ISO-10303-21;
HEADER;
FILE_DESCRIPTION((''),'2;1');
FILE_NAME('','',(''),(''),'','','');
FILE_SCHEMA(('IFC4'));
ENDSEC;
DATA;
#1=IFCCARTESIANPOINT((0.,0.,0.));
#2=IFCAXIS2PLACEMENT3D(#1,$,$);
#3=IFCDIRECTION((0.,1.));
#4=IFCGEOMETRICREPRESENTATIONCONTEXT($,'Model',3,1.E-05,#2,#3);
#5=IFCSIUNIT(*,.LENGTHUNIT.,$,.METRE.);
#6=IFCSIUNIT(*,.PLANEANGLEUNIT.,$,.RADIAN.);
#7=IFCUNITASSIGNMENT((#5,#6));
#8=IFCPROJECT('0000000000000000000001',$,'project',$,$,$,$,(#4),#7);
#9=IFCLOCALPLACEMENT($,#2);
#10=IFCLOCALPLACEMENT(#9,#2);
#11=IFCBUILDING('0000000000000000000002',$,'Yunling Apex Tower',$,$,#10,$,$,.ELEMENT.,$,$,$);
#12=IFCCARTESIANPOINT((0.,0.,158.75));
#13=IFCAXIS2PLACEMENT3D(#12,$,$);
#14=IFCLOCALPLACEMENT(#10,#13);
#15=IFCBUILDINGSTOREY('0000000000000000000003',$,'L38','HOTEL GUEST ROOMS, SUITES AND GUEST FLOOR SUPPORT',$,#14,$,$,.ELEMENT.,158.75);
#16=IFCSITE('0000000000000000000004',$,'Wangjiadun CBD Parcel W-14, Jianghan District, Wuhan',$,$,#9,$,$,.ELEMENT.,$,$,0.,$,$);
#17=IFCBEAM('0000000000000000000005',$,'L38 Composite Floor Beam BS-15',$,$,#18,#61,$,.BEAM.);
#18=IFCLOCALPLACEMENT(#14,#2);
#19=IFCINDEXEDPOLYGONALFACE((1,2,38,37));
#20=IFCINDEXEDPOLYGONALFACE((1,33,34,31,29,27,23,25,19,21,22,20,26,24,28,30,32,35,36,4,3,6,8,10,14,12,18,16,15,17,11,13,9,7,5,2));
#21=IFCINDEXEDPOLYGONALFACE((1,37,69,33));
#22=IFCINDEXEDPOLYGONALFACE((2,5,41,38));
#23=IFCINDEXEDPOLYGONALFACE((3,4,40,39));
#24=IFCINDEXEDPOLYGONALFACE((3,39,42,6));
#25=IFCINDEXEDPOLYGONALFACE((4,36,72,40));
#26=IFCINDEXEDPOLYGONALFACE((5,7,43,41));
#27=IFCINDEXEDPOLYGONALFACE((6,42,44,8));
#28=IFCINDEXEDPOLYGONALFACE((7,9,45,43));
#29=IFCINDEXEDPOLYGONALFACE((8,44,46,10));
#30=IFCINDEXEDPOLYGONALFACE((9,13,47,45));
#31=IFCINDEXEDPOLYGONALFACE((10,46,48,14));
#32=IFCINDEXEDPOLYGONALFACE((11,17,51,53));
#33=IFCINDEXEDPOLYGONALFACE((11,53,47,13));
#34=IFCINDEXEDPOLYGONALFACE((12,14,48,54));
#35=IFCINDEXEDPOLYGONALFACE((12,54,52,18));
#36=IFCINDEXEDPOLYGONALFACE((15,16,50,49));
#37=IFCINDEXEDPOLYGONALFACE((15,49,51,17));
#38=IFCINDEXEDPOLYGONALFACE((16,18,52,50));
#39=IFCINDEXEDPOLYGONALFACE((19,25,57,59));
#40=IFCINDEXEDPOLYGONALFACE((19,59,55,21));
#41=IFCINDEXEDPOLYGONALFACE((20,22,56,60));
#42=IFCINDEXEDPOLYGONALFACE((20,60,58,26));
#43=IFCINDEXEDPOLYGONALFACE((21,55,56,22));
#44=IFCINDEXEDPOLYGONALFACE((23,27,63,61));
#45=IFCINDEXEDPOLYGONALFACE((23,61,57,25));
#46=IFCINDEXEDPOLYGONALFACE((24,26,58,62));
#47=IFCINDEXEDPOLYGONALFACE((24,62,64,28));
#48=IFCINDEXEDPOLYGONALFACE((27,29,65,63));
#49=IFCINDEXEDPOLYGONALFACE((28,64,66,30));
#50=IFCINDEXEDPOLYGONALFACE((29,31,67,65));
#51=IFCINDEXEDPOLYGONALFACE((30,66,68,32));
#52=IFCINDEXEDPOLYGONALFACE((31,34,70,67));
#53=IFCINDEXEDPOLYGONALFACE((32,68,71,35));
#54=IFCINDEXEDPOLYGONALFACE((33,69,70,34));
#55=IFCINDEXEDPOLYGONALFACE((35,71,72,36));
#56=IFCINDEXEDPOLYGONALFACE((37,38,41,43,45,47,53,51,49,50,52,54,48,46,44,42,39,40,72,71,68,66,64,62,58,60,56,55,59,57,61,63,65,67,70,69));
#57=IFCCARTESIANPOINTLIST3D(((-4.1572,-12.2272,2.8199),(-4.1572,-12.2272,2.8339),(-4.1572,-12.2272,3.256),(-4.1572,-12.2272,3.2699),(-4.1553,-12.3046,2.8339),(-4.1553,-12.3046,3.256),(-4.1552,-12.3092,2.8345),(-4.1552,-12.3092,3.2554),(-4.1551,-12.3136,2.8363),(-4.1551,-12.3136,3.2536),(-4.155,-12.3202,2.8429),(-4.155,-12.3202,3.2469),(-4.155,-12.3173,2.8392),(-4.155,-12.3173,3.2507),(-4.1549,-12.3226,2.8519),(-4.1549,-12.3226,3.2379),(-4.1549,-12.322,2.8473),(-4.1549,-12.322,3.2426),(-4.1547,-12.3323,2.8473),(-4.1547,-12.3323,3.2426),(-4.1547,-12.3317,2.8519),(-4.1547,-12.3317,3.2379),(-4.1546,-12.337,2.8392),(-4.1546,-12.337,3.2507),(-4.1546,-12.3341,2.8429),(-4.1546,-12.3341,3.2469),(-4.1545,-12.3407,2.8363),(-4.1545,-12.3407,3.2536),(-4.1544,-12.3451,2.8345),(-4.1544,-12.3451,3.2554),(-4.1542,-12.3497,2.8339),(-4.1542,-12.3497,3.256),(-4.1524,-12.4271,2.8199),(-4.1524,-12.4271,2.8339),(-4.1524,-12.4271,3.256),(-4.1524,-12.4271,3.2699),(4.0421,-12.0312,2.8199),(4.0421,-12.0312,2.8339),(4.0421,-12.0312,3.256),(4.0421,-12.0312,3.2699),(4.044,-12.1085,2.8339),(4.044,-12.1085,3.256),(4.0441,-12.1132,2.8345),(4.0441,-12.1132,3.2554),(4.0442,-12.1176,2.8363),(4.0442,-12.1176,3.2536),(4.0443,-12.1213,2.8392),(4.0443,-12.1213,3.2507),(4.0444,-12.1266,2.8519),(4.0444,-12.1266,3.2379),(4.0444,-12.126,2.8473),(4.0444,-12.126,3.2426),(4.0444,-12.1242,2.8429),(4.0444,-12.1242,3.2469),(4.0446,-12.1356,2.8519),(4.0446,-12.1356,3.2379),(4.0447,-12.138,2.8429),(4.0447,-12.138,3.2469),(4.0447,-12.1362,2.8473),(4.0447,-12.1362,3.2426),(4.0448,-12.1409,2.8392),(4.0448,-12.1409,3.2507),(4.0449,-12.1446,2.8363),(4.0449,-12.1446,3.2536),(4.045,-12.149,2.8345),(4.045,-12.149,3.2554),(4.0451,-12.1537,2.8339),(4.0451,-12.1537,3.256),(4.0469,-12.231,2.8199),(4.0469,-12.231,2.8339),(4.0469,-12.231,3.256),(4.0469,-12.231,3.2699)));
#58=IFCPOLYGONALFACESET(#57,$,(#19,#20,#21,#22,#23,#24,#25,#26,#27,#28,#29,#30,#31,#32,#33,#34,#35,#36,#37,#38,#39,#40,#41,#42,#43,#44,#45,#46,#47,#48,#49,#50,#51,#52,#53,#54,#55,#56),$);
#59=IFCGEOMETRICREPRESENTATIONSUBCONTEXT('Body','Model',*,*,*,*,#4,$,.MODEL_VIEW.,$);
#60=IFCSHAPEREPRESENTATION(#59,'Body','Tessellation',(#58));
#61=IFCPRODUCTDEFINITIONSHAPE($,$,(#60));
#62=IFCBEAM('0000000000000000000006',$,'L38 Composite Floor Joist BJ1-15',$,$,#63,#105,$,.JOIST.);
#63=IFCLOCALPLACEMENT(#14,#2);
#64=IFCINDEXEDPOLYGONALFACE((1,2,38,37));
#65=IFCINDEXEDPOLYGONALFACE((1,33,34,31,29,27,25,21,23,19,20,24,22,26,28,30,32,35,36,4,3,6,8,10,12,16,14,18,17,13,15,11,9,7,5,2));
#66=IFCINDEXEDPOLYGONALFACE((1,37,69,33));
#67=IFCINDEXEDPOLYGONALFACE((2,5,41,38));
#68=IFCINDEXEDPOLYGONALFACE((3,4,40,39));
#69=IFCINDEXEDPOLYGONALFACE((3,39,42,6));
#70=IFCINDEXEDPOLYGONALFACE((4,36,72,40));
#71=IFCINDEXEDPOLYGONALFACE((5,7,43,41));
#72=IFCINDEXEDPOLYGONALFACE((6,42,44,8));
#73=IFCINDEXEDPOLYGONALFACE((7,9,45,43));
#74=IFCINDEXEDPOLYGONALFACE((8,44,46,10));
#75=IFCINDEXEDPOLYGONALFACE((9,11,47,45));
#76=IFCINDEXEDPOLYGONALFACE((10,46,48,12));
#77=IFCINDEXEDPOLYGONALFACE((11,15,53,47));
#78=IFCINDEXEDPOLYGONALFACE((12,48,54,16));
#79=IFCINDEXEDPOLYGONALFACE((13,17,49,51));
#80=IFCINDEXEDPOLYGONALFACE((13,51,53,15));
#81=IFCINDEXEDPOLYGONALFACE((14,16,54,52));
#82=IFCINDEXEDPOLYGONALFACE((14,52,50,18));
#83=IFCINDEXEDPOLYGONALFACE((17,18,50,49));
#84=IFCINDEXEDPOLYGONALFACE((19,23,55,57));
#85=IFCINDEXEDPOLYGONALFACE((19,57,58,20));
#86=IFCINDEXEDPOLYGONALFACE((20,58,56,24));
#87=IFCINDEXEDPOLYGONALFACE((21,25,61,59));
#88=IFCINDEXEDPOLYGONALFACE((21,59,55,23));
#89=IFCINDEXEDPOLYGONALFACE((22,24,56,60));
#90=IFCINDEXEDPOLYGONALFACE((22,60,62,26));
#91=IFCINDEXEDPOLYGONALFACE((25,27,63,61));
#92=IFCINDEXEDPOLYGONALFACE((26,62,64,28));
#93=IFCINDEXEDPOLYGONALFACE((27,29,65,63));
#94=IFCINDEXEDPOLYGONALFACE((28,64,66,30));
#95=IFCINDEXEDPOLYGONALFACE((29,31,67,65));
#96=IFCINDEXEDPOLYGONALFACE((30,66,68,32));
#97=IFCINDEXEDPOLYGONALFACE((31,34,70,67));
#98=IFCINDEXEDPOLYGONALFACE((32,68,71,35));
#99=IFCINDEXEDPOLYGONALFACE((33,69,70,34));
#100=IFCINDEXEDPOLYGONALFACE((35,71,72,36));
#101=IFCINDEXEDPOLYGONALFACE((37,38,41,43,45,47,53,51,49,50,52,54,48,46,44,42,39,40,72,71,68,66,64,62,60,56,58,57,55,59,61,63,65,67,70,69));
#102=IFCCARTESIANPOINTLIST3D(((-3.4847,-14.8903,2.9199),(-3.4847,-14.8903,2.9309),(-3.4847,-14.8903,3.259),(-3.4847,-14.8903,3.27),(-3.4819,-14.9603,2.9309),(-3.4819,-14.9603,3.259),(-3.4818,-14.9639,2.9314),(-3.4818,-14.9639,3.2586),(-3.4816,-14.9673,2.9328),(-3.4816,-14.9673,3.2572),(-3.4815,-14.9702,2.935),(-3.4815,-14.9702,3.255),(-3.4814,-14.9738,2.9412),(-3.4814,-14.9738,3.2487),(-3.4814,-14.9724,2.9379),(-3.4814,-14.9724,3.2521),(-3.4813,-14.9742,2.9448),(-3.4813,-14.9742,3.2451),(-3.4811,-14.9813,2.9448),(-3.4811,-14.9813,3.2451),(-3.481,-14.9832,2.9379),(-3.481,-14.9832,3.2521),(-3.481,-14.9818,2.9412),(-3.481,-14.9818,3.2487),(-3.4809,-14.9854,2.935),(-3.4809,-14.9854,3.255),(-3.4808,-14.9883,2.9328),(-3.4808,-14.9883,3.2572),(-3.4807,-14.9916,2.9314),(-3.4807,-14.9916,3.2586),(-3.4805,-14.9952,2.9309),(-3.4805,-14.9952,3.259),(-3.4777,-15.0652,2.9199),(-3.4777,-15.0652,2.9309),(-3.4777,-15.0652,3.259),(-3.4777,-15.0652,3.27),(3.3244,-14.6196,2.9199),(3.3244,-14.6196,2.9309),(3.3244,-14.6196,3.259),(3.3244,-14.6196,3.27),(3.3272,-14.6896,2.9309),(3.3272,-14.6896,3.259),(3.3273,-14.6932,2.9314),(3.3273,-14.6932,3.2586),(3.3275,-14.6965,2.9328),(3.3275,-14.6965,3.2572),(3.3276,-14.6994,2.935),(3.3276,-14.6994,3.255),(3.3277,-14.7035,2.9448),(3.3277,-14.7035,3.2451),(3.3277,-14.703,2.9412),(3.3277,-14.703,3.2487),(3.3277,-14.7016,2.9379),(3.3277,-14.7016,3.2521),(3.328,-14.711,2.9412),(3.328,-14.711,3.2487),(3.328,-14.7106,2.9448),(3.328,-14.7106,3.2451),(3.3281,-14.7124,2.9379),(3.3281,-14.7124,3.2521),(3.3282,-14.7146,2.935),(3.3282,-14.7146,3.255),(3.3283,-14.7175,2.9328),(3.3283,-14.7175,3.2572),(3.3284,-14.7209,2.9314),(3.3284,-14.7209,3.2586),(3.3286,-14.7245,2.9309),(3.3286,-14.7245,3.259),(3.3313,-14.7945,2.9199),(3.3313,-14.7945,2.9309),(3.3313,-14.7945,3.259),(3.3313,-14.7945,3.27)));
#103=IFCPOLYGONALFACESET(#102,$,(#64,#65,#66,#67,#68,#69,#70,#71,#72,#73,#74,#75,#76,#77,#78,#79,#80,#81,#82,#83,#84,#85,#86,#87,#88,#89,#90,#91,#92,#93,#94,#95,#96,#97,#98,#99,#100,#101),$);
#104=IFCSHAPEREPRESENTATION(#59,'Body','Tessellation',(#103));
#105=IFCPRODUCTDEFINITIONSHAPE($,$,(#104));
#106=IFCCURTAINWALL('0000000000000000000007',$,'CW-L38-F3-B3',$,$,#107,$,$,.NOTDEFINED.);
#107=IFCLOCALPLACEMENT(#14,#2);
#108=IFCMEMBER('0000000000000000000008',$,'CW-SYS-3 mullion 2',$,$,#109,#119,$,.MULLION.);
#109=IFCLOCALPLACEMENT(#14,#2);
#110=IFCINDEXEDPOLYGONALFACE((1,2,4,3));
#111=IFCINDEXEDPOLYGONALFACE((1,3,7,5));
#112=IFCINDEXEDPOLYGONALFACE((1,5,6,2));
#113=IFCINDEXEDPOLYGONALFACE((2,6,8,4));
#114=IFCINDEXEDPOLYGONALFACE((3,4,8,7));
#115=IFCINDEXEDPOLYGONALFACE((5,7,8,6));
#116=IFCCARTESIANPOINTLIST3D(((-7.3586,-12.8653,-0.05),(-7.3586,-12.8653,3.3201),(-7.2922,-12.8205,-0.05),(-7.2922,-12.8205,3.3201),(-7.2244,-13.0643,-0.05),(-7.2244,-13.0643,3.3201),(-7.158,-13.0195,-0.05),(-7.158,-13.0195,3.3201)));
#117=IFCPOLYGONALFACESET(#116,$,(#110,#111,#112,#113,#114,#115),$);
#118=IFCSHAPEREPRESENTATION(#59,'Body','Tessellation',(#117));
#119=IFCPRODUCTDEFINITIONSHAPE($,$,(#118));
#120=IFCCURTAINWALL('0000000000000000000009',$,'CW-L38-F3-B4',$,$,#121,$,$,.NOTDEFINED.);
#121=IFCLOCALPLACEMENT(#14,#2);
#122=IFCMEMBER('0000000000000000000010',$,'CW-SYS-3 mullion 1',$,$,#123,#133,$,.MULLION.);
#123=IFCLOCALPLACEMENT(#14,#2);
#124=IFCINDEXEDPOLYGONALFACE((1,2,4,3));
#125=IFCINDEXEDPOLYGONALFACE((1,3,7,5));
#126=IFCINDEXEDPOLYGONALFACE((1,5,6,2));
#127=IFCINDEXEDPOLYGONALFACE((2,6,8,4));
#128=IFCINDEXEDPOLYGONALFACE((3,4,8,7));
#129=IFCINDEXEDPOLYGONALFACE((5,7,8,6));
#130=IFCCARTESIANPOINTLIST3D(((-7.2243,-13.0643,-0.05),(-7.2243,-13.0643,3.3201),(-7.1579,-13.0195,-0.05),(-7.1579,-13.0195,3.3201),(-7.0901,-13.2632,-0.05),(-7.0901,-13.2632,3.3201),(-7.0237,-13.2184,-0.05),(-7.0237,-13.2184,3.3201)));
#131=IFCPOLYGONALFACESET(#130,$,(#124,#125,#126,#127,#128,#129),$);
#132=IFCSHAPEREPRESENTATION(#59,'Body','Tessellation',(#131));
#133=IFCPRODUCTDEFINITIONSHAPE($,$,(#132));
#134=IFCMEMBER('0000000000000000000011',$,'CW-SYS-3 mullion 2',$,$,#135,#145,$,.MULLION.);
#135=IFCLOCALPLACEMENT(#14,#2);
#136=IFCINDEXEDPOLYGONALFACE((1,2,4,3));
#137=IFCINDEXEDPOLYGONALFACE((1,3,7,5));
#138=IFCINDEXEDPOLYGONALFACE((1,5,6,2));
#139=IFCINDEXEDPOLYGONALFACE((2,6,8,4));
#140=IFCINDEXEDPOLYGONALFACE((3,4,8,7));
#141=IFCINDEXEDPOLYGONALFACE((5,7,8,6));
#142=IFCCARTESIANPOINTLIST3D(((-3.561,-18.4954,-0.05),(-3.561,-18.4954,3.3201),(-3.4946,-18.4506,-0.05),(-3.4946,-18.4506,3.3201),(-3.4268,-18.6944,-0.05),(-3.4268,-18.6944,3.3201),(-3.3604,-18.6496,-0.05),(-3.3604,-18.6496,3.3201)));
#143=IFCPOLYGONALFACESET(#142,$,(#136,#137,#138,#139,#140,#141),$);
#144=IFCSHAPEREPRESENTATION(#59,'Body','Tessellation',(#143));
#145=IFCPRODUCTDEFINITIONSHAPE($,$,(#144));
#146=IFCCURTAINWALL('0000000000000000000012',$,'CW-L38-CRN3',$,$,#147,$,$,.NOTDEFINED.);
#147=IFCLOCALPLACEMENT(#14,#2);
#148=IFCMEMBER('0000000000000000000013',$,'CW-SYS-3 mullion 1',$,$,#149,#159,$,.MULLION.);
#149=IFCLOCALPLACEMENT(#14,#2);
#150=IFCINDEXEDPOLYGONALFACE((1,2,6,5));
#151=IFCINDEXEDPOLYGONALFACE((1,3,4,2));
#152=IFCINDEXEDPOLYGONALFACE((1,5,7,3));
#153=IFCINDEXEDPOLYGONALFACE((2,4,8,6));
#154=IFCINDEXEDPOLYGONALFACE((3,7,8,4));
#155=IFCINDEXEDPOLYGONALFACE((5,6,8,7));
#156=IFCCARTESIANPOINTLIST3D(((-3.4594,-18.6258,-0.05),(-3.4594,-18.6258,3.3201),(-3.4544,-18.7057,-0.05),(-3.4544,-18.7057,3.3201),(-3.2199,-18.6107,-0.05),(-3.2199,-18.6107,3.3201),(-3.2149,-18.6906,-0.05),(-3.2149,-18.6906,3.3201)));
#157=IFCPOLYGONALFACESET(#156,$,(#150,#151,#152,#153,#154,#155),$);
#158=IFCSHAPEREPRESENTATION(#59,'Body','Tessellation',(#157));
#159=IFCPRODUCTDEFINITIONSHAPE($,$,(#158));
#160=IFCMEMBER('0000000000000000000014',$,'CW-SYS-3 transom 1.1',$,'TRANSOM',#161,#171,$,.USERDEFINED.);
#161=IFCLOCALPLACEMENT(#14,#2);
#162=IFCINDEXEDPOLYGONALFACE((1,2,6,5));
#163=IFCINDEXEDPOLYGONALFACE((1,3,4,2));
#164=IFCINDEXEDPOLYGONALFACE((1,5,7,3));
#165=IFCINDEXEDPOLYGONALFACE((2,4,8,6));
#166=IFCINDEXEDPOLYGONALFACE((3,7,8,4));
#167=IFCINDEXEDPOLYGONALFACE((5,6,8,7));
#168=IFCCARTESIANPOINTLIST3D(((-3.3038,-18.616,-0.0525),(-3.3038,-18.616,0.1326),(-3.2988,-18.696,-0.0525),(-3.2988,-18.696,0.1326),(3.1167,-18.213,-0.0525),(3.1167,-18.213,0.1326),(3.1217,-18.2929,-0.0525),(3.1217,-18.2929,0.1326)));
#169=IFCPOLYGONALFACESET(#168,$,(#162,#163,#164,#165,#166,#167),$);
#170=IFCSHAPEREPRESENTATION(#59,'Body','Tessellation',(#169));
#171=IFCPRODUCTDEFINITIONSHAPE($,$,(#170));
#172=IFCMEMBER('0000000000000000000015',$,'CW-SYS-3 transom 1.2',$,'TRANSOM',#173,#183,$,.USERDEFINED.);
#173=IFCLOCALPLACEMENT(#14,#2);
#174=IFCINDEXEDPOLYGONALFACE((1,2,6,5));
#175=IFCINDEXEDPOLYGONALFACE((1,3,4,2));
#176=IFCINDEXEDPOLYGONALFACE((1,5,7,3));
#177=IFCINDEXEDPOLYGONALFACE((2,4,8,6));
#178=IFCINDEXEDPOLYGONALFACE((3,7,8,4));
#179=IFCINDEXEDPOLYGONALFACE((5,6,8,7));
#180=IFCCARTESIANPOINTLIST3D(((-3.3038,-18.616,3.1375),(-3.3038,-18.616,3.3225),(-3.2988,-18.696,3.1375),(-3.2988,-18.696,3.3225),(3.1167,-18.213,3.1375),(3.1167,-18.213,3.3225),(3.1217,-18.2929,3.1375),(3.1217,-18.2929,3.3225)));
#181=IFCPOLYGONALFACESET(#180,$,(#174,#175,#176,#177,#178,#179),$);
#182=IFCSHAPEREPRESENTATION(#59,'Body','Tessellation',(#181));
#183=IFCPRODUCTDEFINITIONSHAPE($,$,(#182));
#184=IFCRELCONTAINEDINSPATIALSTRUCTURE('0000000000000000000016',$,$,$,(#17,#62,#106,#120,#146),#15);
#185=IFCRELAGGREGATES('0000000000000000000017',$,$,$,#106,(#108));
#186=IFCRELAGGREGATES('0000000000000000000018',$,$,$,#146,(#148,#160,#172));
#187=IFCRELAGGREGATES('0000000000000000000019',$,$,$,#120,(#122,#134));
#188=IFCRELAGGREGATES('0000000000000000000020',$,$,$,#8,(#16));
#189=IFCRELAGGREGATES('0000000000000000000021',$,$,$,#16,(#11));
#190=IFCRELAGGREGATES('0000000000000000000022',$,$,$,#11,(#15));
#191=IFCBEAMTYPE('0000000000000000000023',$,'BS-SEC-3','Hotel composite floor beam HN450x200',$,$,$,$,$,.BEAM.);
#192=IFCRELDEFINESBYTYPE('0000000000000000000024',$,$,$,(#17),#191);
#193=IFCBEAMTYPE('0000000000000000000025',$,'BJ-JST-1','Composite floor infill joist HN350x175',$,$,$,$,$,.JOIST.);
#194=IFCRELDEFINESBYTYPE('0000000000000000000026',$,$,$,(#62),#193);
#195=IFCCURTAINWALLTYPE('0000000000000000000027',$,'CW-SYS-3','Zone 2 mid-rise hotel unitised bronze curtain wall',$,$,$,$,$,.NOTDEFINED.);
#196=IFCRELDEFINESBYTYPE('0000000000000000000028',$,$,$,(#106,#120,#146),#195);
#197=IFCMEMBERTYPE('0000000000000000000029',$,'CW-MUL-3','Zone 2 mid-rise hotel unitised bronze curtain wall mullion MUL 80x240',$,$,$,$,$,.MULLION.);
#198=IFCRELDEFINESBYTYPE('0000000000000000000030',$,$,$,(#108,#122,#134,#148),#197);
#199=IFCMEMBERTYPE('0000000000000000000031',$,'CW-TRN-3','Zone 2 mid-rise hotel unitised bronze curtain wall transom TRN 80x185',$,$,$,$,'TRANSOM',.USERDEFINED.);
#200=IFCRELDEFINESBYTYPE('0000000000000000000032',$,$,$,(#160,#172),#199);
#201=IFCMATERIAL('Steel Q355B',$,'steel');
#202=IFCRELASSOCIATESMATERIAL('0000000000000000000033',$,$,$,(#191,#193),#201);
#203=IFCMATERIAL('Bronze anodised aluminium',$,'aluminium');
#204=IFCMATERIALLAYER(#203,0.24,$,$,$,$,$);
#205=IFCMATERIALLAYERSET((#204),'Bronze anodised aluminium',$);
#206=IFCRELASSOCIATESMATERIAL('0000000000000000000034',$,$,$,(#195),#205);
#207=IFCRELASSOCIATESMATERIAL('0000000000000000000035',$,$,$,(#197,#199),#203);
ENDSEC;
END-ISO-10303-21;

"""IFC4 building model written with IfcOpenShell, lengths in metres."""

from ifc_helpers import new_model, si_unit, direction, frame, origin, origin_2d, place, context, subcontext, project, spatial, rectangle, i_section, extrude, source, transform, mapped, material, layer, layer_set, material_profile, profile_set, type_object, element, aggregate, save


model = new_model("IFC4")

# Units and contexts
model_context = context("Model", 3, precision=1e-05, world=origin(), true_north=direction((0.0, 1.0)))
body_context = subcontext(model_context, "Body", "Model", "MODEL_VIEW")
ifc_project = project(units=[si_unit("LENGTHUNIT", "METRE"), si_unit("PLANEANGLEUNIT", "RADIAN")], contexts=[model_context])

# Site, building, storey
site_placement = place(None, origin())
site = spatial("IfcSite", under=ifc_project, at=site_placement, Name="Wangjiadun CBD Parcel W-14, Jianghan District, Wuhan", CompositionType="ELEMENT", RefElevation=0.0)
building_placement = place(site_placement, origin())
building = spatial("IfcBuilding", under=site, at=building_placement, Name="Yunling Apex Tower", CompositionType="ELEMENT")
storey_placement = place(building_placement, frame((0.0, 0.0, 158.75)))
storey = spatial("IfcBuildingStorey", under=building, at=storey_placement, Name="L38", Description="HOTEL GUEST ROOMS, SUITES AND GUEST FLOOR SUPPORT", CompositionType="ELEMENT", Elevation=158.75)

# Beams
ifc_material_1 = material(Name="Steel Q355B", Category="steel")
ifc_material_profile_1 = material_profile(ifc_material_1, i_section(OverallWidth=0.2, OverallDepth=0.45, WebThickness=0.009, FlangeThickness=0.0139, FilletRadius=0.0181, at=origin_2d()))
ifc_profile_set_1 = profile_set([ifc_material_profile_1], Name="Steel Q355B")
beam_type_1 = type_object("IfcBeamType", Name="BS-SEC-3", Description="Hotel composite floor beam HN450x200", PredefinedType="BEAM", material=ifc_profile_set_1)
shared_shape_1 = source(origin(), body_context, "Body", "SweptSolid", [
    extrude(i_section(OverallWidth=0.2, OverallDepth=0.45, WebThickness=0.009, FlangeThickness=0.0139, FilletRadius=0.0181, at=origin_2d()), origin(), (0.0, 0.0, 1.0), 8.2017),
])
beam_1_placement = place(storey_placement, frame((-4.1548, -12.3271, 3.0449), z_axis=(0.999714, 0.023903, 0.0), x_axis=(-0.023903, 0.999714, 0.0)))
element("IfcBeam", 1, at=beam_1_placement, inside=storey, type_object=beam_type_1, Name="L38 Composite Floor Beam BS-15", PredefinedType="BEAM", context=body_context, shape_type="MappedRepresentation", body=[
    mapped(shared_shape_1, transform((0.0, 0.0, 0.0), scale=1.0)),
])
ifc_material_profile_2 = material_profile(ifc_material_1, i_section(OverallWidth=0.175, OverallDepth=0.3501, WebThickness=0.0071, FlangeThickness=0.011, FilletRadius=0.0139, at=origin_2d()))
ifc_profile_set_2 = profile_set([ifc_material_profile_2], Name="Steel Q355B")
beam_type_2 = type_object("IfcBeamType", Name="BJ-JST-1", Description="Composite floor infill joist HN350x175", PredefinedType="JOIST", material=ifc_profile_set_2)
shared_shape_2 = source(origin(), body_context, "Body", "SweptSolid", [
    extrude(i_section(OverallWidth=0.175, OverallDepth=0.3501, WebThickness=0.0071, FlangeThickness=0.011, FilletRadius=0.0139, at=origin_2d()), origin(), (0.0, 0.0, 1.0), 6.8145),
])
beam_2_placement = place(storey_placement, frame((-3.4812, -14.9778, 3.095), z_axis=(0.99921, 0.039732, 0.0), x_axis=(-0.039732, 0.99921, 0.0)))
element("IfcBeam", 2, at=beam_2_placement, inside=storey, type_object=beam_type_2, Name="L38 Composite Floor Joist BJ1-15", PredefinedType="JOIST", context=body_context, shape_type="MappedRepresentation", body=[
    mapped(shared_shape_2, transform((0.0, 0.0, 0.0), scale=1.0)),
])

# Curtain wall, member
ifc_material_2 = material(Name="Bronze anodised aluminium", Category="aluminium")
ifc_layer_1 = layer(ifc_material_2, 0.24)
ifc_layer_set_1 = layer_set([ifc_layer_1], Name="Bronze anodised aluminium")
curtain_wall_type = type_object("IfcCurtainWallType", Name="CW-SYS-3", Description="Zone 2 mid-rise hotel unitised bronze curtain wall", PredefinedType="NOTDEFINED", material=ifc_layer_set_1)
curtain_wall_1_placement = place(storey_placement, origin())
curtain_wall_1 = element("IfcCurtainWall", 3, at=curtain_wall_1_placement, inside=storey, type_object=curtain_wall_type, Name="CW-L38-F3-B3", PredefinedType="NOTDEFINED")
ifc_material_profile_3 = material_profile(ifc_material_2, rectangle(XDim=0.0801, YDim=0.24, at=origin_2d()))
ifc_profile_set_3 = profile_set([ifc_material_profile_3], Name="Bronze anodised aluminium")
member_type_1 = type_object("IfcMemberType", Name="CW-MUL-3", Description="Zone 2 mid-rise hotel unitised bronze curtain wall mullion MUL 80x240", PredefinedType="MULLION", material=ifc_profile_set_3)
shared_shape_3 = source(origin(), body_context, "Body", "SweptSolid", [
    extrude(rectangle(XDim=0.0801, YDim=0.24, at=origin_2d()), origin(), (0.0, 0.0, 1.0), 3.3701),
])
member_1_placement = place(storey_placement, frame((-7.2583, -12.9424, -0.05), z_axis=(0.0, 0.0, 1.0), x_axis=(0.829041, 0.559188, 0.0)))
member_1 = element("IfcMember", 4, at=member_1_placement, type_object=member_type_1, Name="CW-SYS-3 mullion 2", PredefinedType="MULLION", context=body_context, shape_type="MappedRepresentation", body=[
    mapped(shared_shape_3, transform((0.0, 0.0, 0.0), scale=1.0)),
])
aggregate(curtain_wall_1, [member_1])

# Curtain walls, members
curtain_wall_2_placement = place(storey_placement, origin())
curtain_wall_2 = element("IfcCurtainWall", 5, at=curtain_wall_2_placement, inside=storey, type_object=curtain_wall_type, Name="CW-L38-F3-B4", PredefinedType="NOTDEFINED")
member_2_placement = place(storey_placement, frame((-7.124, -13.1414, -0.05), z_axis=(0.0, 0.0, 1.0), x_axis=(0.829045, 0.559181, 0.0)))
member_2 = element("IfcMember", 6, at=member_2_placement, type_object=member_type_1, Name="CW-SYS-3 mullion 1", PredefinedType="MULLION", context=body_context, shape_type="MappedRepresentation", body=[
    mapped(shared_shape_3, transform((0.0, 0.0, 0.0), scale=1.0)),
])
member_3_placement = place(storey_placement, frame((-3.4607, -18.5725, -0.05), z_axis=(0.0, 0.0, 1.0), x_axis=(0.829045, 0.559181, 0.0)))
member_3 = element("IfcMember", 7, at=member_3_placement, type_object=member_type_1, Name="CW-SYS-3 mullion 2", PredefinedType="MULLION", context=body_context, shape_type="MappedRepresentation", body=[
    mapped(shared_shape_3, transform((0.0, 0.0, 0.0), scale=1.0)),
])
curtain_wall_3_placement = place(storey_placement, origin())
curtain_wall_3 = element("IfcCurtainWall", 8, at=curtain_wall_3_placement, inside=storey, type_object=curtain_wall_type, Name="CW-L38-CRN3", PredefinedType="NOTDEFINED")
member_4_placement = place(storey_placement, frame((-3.3372, -18.6582, -0.05), z_axis=(0.0, 0.0, 1.0), x_axis=(-0.062672, 0.998034, 0.0)))
member_4 = element("IfcMember", 9, at=member_4_placement, type_object=member_type_1, Name="CW-SYS-3 mullion 1", PredefinedType="MULLION", context=body_context, shape_type="MappedRepresentation", body=[
    mapped(shared_shape_3, transform((0.0, 0.0, 0.0), scale=1.0)),
])
ifc_material_profile_4 = material_profile(ifc_material_2, rectangle(XDim=0.0801, YDim=0.1851, at=origin_2d()))
ifc_profile_set_4 = profile_set([ifc_material_profile_4], Name="Bronze anodised aluminium")
member_type_2 = type_object("IfcMemberType", Name="CW-TRN-3", Description="Zone 2 mid-rise hotel unitised bronze curtain wall transom TRN 80x185", ElementType="TRANSOM", PredefinedType="USERDEFINED", material=ifc_profile_set_4)
shared_shape_4 = source(origin(), body_context, "Body", "SweptSolid", [
    extrude(rectangle(XDim=0.0801, YDim=0.1851, at=origin_2d()), origin(), (0.0, 0.0, 1.0), 6.4331),
])
member_5_placement = place(storey_placement, frame((-3.3013, -18.656, 0.04), z_axis=(0.998035, 0.062657, 0.0), x_axis=(-0.062657, 0.998035, 0.0)))
member_5 = element("IfcMember", 10, at=member_5_placement, type_object=member_type_2, Name="CW-SYS-3 transom 1.1", ObjectType="TRANSOM", PredefinedType="USERDEFINED", context=body_context, shape_type="MappedRepresentation", body=[
    mapped(shared_shape_4, transform((0.0, 0.0, 0.0), scale=1.0)),
])
member_6_placement = place(storey_placement, frame((-3.3013, -18.656, 3.23), z_axis=(0.998035, 0.062657, 0.0), x_axis=(-0.062657, 0.998035, 0.0)))
member_6 = element("IfcMember", 11, at=member_6_placement, type_object=member_type_2, Name="CW-SYS-3 transom 1.2", ObjectType="TRANSOM", PredefinedType="USERDEFINED", context=body_context, shape_type="MappedRepresentation", body=[
    mapped(shared_shape_4, transform((0.0, 0.0, 0.0), scale=1.0)),
])
aggregate(curtain_wall_3, [member_4, member_5, member_6])

aggregate(curtain_wall_2, [member_2, member_3])

save(model, "model.ifc")
